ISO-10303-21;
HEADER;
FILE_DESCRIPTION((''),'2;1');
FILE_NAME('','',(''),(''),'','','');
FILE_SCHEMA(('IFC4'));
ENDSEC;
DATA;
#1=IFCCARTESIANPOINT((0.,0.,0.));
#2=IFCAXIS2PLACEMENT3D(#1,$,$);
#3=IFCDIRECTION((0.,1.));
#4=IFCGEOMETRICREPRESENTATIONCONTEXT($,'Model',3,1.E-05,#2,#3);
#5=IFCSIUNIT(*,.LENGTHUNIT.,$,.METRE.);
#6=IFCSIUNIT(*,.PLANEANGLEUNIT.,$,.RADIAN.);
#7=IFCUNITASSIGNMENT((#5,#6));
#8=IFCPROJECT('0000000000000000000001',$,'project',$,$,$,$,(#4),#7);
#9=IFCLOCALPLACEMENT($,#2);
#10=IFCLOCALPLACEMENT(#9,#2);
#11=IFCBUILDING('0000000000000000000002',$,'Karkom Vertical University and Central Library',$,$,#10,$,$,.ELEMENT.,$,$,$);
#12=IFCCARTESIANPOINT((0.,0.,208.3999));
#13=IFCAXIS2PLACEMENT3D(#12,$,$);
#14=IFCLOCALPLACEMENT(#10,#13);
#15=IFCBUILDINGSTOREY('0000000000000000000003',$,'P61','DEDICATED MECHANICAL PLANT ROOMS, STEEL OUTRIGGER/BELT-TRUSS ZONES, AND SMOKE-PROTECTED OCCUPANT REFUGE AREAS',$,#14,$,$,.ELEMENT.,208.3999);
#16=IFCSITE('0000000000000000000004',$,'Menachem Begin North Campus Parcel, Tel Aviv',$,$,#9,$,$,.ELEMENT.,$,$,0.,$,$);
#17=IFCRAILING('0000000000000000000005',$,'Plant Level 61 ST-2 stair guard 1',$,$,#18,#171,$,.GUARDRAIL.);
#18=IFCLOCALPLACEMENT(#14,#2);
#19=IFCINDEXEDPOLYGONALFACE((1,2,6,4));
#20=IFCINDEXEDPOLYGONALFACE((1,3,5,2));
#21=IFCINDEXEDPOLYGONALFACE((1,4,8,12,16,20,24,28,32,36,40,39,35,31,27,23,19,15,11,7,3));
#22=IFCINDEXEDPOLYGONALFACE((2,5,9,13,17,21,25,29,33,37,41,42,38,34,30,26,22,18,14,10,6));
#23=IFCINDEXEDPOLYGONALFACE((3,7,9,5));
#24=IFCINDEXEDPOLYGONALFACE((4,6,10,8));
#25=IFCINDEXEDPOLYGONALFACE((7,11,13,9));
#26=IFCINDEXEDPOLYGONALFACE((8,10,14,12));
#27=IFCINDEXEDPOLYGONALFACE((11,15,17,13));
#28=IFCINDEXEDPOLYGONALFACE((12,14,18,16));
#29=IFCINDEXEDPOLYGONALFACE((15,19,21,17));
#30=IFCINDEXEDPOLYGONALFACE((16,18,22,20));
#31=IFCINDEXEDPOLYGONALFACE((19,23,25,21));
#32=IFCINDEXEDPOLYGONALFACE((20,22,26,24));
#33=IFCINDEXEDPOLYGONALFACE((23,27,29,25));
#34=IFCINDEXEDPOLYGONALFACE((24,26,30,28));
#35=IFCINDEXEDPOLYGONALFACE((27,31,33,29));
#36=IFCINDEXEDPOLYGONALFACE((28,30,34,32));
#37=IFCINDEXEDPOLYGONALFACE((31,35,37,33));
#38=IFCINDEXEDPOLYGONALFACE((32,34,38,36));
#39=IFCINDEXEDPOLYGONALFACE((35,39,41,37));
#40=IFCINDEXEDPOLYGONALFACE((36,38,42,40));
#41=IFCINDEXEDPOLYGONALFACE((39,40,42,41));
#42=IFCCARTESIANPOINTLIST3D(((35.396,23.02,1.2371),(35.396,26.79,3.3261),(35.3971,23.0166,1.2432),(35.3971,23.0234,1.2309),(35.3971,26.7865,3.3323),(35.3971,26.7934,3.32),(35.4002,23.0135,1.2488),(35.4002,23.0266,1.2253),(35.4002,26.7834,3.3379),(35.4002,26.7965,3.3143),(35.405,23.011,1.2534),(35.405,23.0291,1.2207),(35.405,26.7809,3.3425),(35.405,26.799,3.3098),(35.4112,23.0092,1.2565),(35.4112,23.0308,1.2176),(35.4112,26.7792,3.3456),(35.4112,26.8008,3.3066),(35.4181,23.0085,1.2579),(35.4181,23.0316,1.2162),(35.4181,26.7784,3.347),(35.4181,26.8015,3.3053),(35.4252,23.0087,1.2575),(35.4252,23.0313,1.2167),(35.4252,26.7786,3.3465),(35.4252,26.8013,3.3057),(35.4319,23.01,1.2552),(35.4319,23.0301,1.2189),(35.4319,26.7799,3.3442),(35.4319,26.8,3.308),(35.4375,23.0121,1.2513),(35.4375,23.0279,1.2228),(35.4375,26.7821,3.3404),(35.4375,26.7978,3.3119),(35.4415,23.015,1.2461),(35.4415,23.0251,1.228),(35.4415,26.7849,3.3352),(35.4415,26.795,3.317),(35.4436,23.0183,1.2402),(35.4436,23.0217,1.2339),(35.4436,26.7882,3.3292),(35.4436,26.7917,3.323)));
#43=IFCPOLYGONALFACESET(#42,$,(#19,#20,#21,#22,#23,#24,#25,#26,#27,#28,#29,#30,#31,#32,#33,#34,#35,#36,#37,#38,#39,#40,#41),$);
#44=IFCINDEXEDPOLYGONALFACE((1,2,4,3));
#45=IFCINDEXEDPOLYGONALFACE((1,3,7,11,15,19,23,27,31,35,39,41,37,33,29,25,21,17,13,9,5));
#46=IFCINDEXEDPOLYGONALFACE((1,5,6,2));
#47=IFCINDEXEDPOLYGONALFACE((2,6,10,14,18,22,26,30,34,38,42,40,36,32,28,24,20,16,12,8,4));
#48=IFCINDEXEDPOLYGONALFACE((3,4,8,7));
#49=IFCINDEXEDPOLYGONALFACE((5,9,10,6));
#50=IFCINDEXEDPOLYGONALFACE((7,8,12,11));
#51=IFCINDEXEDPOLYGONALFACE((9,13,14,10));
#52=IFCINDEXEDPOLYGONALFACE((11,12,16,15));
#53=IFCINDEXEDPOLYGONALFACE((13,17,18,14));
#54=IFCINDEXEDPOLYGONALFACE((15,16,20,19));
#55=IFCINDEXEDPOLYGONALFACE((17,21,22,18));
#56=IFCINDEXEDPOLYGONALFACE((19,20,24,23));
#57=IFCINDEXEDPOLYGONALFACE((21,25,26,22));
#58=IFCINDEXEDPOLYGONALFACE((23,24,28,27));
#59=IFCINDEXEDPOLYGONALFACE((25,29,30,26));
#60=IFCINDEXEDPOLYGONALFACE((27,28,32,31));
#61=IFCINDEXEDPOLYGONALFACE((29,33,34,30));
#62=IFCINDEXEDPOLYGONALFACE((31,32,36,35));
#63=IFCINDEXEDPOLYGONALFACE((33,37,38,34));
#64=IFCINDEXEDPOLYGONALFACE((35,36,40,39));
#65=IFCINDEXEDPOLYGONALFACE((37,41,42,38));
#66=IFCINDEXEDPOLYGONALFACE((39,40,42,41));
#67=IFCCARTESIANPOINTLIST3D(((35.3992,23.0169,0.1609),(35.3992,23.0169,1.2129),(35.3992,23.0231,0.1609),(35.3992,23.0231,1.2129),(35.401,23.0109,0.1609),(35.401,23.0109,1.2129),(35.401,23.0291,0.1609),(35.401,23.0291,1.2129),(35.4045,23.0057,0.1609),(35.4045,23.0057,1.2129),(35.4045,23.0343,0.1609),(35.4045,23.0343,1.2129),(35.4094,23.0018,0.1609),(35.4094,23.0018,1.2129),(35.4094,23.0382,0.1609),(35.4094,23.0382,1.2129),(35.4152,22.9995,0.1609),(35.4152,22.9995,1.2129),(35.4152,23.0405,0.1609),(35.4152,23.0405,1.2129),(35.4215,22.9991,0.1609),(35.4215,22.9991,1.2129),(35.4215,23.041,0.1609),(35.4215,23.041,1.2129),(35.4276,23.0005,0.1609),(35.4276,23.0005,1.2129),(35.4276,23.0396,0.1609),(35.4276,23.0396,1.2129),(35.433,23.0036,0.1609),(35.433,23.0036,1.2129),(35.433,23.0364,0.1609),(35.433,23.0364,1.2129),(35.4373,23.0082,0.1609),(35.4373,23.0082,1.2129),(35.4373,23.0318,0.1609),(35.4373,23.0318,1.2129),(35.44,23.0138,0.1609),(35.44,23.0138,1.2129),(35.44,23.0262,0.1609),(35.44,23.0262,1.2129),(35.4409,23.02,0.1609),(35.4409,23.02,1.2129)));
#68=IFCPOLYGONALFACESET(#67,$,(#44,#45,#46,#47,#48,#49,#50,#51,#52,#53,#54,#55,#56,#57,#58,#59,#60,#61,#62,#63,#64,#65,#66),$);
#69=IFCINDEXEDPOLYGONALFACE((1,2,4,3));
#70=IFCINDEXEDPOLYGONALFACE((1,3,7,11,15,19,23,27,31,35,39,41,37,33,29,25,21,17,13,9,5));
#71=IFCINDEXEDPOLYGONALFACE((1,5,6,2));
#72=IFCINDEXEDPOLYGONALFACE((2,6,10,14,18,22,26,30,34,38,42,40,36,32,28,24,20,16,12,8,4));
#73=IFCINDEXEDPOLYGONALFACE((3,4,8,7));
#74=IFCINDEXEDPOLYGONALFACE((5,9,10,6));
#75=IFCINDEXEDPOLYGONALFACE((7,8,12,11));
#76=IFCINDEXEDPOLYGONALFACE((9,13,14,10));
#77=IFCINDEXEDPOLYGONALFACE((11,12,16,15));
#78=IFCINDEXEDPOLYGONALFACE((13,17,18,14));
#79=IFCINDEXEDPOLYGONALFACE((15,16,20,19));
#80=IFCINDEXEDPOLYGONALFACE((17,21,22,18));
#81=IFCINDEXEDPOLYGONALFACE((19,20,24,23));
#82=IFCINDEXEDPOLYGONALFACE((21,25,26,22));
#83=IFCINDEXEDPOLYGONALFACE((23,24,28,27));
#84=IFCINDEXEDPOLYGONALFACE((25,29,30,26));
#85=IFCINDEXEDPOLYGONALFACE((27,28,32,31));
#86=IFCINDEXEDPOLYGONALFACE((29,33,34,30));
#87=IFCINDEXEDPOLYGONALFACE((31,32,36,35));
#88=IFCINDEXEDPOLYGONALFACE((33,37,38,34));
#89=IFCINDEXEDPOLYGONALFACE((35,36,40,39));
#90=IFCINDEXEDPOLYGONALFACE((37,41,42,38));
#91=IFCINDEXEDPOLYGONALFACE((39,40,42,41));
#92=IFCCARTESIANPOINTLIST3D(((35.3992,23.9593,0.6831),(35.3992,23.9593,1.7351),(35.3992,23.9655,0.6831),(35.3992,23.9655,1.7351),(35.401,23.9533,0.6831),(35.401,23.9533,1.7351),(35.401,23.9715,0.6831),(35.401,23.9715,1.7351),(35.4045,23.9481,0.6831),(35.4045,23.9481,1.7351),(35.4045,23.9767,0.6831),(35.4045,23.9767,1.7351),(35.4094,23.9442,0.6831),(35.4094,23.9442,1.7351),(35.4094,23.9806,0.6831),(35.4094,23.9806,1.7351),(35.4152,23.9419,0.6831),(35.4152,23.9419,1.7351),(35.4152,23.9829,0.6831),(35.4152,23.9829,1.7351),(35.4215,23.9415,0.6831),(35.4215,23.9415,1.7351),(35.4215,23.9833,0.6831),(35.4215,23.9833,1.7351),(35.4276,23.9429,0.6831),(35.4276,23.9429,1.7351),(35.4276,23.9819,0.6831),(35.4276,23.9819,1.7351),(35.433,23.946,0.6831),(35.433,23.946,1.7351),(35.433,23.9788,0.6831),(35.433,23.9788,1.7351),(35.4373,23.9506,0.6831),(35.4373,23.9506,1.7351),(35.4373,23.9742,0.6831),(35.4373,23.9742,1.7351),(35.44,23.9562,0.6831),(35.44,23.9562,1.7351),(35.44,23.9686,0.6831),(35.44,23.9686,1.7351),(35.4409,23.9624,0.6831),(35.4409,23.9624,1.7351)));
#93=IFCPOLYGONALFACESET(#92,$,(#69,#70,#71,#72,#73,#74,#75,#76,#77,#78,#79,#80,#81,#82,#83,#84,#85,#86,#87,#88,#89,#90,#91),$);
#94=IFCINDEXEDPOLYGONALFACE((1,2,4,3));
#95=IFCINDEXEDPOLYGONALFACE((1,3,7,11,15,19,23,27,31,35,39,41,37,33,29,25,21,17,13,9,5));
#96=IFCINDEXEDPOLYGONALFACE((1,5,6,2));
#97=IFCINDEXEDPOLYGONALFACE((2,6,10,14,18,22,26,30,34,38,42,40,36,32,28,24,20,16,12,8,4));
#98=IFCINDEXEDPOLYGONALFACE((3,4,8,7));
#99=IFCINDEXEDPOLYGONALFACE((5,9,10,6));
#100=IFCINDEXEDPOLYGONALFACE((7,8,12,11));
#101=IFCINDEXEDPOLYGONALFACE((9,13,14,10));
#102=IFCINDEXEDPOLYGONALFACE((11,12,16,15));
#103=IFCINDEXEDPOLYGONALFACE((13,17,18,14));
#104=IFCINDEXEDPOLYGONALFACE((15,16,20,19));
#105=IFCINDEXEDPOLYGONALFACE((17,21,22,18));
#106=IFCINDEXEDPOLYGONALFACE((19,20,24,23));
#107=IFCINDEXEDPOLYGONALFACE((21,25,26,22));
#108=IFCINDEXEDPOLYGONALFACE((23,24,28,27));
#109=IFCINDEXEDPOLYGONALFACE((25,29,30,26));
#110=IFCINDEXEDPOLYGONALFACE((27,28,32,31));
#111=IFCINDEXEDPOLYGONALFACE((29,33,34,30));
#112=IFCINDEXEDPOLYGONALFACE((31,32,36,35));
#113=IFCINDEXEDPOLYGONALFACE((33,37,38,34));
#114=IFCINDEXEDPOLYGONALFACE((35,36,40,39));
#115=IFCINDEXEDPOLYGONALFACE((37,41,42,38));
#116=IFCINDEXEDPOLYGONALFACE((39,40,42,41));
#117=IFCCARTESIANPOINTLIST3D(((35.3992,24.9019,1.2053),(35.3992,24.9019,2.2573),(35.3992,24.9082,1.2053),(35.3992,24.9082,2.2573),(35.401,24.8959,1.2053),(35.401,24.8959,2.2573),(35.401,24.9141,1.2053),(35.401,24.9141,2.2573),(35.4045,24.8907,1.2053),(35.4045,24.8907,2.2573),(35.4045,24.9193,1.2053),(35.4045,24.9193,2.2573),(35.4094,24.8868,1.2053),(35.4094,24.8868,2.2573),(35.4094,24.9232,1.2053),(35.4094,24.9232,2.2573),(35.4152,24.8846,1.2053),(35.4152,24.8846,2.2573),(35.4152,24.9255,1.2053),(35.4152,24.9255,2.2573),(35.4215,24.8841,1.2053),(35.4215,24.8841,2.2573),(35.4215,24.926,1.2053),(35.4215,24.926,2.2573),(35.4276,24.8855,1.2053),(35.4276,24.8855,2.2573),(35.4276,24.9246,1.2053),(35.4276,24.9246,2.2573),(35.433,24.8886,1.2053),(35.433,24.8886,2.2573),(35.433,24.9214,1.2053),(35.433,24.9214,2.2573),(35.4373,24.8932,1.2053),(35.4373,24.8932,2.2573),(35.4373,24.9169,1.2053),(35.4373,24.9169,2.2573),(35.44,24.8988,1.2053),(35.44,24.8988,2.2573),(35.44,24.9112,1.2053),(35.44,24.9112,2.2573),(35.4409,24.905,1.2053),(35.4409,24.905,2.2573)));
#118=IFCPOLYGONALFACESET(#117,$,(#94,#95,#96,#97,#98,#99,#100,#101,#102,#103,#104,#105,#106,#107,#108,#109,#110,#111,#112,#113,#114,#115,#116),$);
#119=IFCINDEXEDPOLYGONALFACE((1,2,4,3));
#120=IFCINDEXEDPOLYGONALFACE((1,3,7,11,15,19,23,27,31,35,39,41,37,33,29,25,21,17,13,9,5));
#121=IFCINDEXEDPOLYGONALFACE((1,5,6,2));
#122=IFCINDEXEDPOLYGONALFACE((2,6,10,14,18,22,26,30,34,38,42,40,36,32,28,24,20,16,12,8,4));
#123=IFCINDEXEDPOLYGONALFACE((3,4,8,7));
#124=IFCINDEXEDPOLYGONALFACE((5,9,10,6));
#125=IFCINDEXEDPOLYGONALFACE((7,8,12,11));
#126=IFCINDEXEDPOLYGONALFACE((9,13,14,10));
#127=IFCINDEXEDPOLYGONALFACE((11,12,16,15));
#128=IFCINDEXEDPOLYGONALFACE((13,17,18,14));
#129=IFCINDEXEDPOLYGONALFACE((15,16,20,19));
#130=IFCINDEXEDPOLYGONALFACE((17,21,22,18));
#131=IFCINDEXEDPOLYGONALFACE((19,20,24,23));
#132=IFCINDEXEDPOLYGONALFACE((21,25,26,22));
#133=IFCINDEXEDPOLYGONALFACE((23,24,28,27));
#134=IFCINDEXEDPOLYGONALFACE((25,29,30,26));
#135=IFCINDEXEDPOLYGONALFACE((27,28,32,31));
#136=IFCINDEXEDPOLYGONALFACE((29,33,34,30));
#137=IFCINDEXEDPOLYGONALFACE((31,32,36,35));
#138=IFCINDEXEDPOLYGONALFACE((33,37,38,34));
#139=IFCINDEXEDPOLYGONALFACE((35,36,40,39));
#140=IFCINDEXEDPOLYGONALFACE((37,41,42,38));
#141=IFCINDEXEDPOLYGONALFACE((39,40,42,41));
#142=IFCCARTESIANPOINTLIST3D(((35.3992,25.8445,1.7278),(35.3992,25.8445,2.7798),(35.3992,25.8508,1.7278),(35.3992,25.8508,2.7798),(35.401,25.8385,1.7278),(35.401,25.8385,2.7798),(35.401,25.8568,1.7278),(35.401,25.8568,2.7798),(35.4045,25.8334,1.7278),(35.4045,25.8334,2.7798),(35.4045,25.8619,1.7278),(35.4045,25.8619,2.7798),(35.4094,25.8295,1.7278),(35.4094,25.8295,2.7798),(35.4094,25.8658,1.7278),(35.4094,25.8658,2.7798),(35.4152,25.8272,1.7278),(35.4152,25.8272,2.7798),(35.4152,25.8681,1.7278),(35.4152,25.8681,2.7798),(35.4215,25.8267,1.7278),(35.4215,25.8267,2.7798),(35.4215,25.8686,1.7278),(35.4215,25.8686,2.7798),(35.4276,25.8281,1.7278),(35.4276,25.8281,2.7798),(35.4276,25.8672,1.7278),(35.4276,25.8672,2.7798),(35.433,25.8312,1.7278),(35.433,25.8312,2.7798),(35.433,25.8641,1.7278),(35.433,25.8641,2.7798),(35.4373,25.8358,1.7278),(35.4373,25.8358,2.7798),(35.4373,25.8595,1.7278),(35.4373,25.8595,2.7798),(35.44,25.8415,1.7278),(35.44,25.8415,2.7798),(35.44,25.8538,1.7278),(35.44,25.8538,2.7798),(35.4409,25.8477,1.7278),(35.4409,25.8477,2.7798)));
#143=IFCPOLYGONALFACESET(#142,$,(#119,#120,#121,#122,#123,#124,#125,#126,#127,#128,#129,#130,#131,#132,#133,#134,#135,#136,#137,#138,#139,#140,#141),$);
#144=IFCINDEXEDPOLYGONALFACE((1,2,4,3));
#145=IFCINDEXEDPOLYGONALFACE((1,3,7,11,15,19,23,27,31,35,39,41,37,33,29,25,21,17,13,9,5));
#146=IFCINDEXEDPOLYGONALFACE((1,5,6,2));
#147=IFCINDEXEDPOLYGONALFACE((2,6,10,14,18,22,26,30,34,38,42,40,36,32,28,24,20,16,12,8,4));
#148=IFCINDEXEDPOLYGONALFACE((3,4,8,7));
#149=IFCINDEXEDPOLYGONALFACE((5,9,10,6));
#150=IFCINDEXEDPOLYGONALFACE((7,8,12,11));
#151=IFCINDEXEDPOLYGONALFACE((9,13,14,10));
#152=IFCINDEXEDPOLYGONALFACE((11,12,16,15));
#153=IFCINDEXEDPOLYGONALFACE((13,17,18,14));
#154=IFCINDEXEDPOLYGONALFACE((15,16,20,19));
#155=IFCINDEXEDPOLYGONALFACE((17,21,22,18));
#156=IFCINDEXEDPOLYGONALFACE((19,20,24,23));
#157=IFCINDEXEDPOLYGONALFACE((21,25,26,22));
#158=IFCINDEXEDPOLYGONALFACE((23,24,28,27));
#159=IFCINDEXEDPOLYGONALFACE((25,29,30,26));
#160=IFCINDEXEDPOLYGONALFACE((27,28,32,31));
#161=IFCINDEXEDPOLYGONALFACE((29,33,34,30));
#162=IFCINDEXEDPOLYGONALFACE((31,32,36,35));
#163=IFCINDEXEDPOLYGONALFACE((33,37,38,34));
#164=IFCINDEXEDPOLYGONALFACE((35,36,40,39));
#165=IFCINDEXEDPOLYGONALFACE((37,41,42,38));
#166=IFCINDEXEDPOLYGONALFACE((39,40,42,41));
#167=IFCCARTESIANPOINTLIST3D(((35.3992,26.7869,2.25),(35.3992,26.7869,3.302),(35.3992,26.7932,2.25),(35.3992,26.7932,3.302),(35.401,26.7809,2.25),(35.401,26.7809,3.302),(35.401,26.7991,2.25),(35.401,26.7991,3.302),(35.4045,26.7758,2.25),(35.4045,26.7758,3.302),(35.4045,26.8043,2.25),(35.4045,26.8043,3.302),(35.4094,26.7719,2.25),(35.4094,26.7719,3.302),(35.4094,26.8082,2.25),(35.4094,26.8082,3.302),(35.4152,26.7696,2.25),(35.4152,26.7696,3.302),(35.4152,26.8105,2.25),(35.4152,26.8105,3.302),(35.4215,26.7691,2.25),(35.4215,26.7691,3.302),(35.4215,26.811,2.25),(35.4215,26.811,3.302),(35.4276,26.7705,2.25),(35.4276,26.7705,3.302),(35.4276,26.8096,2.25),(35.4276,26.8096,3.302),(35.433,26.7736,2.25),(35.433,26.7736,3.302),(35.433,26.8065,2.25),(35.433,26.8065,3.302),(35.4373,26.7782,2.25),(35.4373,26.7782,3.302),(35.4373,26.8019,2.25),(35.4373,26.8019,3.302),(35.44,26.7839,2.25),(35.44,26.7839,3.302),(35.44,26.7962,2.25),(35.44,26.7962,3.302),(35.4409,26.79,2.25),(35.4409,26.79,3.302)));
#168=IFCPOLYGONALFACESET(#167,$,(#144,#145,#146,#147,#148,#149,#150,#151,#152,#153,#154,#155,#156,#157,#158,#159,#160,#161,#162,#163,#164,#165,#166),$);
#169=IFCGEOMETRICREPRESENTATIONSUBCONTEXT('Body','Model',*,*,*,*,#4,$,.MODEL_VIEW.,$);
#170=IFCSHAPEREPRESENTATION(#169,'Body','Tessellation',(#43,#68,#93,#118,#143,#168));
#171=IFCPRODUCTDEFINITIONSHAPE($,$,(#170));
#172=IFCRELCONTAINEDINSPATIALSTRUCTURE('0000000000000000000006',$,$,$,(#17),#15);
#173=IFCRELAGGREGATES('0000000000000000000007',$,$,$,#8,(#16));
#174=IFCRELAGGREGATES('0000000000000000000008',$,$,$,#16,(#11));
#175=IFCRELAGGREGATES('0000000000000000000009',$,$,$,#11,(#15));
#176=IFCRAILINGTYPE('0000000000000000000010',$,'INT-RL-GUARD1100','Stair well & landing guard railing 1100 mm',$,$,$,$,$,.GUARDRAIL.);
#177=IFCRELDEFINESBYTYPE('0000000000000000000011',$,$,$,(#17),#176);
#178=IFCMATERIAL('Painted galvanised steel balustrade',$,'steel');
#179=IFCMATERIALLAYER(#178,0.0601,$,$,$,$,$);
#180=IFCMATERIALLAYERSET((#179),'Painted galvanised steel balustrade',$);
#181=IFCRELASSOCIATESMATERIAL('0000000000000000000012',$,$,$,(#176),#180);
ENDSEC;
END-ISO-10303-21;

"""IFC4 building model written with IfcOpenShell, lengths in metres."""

from ifc_helpers import new_model, si_unit, direction, frame, origin, origin_2d, place, context, subcontext, project, spatial, circle, extrude, material, layer, layer_set, type_object, element, save


model = new_model("IFC4")

# Units and contexts
model_context = context("Model", 3, precision=1e-05, world=origin(), true_north=direction((0.0, 1.0)))
body_context = subcontext(model_context, "Body", "Model", "MODEL_VIEW")
ifc_project = project(units=[si_unit("LENGTHUNIT", "METRE"), si_unit("PLANEANGLEUNIT", "RADIAN")], contexts=[model_context])

# Site, building, storey
site_placement = place(None, origin())
site = spatial("IfcSite", under=ifc_project, at=site_placement, Name="Menachem Begin North Campus Parcel, Tel Aviv", CompositionType="ELEMENT", RefElevation=0.0)
building_placement = place(site_placement, origin())
building = spatial("IfcBuilding", under=site, at=building_placement, Name="Karkom Vertical University and Central Library", CompositionType="ELEMENT")
storey_placement = place(building_placement, frame((0.0, 0.0, 208.3999)))
storey = spatial("IfcBuildingStorey", under=building, at=storey_placement, Name="P61", Description="DEDICATED MECHANICAL PLANT ROOMS, STEEL OUTRIGGER/BELT-TRUSS ZONES, AND SMOKE-PROTECTED OCCUPANT REFUGE AREAS", CompositionType="ELEMENT", Elevation=208.3999)

# Railing
ifc_material_1 = material(Name="Painted galvanised steel balustrade", Category="steel")
ifc_layer_1 = layer(ifc_material_1, 0.0601)
ifc_layer_set_1 = layer_set([ifc_layer_1], Name="Painted galvanised steel balustrade")
railing_type_1 = type_object("IfcRailingType", Name="INT-RL-GUARD1100", Description="Stair well & landing guard railing 1100 mm", PredefinedType="GUARDRAIL", material=ifc_layer_set_1)
railing_1_placement = place(storey_placement, frame((35.4199, 23.02, 0.1609)))
element("IfcRailing", 1, at=railing_1_placement, inside=storey, type_object=railing_type_1, Name="Plant Level 61 ST-2 stair guard 1", PredefinedType="GUARDRAIL", context=body_context, shape_type="SweptSolid", body=[
    extrude(circle(Radius=0.0239, at=origin_2d()), frame((0.0, 0.0, 1.0762), z_axis=(0.0, 0.874683, 0.484695), x_axis=(-1.0, 0.0, 0.0)), (0.0, 0.0, 1.0), 4.3101),
    extrude(circle(Radius=0.021, at=origin_2d()), origin(), (0.0, 0.0, 1.0), 1.052),
    extrude(circle(Radius=0.021, at=origin_2d()), frame((0.0, 0.9424, 0.5222)), (0.0, 0.0, 1.0), 1.052),
    extrude(circle(Radius=0.021, at=origin_2d()), frame((0.0, 1.885, 1.0444)), (0.0, 0.0, 1.0), 1.052),
    extrude(circle(Radius=0.021, at=origin_2d()), frame((0.0, 2.8276, 1.5669)), (0.0, 0.0, 1.0), 1.052),
    extrude(circle(Radius=0.021, at=origin_2d()), frame((0.0, 3.77, 2.0891)), (0.0, 0.0, 1.0), 1.052),
])

save(model, "model.ifc")
